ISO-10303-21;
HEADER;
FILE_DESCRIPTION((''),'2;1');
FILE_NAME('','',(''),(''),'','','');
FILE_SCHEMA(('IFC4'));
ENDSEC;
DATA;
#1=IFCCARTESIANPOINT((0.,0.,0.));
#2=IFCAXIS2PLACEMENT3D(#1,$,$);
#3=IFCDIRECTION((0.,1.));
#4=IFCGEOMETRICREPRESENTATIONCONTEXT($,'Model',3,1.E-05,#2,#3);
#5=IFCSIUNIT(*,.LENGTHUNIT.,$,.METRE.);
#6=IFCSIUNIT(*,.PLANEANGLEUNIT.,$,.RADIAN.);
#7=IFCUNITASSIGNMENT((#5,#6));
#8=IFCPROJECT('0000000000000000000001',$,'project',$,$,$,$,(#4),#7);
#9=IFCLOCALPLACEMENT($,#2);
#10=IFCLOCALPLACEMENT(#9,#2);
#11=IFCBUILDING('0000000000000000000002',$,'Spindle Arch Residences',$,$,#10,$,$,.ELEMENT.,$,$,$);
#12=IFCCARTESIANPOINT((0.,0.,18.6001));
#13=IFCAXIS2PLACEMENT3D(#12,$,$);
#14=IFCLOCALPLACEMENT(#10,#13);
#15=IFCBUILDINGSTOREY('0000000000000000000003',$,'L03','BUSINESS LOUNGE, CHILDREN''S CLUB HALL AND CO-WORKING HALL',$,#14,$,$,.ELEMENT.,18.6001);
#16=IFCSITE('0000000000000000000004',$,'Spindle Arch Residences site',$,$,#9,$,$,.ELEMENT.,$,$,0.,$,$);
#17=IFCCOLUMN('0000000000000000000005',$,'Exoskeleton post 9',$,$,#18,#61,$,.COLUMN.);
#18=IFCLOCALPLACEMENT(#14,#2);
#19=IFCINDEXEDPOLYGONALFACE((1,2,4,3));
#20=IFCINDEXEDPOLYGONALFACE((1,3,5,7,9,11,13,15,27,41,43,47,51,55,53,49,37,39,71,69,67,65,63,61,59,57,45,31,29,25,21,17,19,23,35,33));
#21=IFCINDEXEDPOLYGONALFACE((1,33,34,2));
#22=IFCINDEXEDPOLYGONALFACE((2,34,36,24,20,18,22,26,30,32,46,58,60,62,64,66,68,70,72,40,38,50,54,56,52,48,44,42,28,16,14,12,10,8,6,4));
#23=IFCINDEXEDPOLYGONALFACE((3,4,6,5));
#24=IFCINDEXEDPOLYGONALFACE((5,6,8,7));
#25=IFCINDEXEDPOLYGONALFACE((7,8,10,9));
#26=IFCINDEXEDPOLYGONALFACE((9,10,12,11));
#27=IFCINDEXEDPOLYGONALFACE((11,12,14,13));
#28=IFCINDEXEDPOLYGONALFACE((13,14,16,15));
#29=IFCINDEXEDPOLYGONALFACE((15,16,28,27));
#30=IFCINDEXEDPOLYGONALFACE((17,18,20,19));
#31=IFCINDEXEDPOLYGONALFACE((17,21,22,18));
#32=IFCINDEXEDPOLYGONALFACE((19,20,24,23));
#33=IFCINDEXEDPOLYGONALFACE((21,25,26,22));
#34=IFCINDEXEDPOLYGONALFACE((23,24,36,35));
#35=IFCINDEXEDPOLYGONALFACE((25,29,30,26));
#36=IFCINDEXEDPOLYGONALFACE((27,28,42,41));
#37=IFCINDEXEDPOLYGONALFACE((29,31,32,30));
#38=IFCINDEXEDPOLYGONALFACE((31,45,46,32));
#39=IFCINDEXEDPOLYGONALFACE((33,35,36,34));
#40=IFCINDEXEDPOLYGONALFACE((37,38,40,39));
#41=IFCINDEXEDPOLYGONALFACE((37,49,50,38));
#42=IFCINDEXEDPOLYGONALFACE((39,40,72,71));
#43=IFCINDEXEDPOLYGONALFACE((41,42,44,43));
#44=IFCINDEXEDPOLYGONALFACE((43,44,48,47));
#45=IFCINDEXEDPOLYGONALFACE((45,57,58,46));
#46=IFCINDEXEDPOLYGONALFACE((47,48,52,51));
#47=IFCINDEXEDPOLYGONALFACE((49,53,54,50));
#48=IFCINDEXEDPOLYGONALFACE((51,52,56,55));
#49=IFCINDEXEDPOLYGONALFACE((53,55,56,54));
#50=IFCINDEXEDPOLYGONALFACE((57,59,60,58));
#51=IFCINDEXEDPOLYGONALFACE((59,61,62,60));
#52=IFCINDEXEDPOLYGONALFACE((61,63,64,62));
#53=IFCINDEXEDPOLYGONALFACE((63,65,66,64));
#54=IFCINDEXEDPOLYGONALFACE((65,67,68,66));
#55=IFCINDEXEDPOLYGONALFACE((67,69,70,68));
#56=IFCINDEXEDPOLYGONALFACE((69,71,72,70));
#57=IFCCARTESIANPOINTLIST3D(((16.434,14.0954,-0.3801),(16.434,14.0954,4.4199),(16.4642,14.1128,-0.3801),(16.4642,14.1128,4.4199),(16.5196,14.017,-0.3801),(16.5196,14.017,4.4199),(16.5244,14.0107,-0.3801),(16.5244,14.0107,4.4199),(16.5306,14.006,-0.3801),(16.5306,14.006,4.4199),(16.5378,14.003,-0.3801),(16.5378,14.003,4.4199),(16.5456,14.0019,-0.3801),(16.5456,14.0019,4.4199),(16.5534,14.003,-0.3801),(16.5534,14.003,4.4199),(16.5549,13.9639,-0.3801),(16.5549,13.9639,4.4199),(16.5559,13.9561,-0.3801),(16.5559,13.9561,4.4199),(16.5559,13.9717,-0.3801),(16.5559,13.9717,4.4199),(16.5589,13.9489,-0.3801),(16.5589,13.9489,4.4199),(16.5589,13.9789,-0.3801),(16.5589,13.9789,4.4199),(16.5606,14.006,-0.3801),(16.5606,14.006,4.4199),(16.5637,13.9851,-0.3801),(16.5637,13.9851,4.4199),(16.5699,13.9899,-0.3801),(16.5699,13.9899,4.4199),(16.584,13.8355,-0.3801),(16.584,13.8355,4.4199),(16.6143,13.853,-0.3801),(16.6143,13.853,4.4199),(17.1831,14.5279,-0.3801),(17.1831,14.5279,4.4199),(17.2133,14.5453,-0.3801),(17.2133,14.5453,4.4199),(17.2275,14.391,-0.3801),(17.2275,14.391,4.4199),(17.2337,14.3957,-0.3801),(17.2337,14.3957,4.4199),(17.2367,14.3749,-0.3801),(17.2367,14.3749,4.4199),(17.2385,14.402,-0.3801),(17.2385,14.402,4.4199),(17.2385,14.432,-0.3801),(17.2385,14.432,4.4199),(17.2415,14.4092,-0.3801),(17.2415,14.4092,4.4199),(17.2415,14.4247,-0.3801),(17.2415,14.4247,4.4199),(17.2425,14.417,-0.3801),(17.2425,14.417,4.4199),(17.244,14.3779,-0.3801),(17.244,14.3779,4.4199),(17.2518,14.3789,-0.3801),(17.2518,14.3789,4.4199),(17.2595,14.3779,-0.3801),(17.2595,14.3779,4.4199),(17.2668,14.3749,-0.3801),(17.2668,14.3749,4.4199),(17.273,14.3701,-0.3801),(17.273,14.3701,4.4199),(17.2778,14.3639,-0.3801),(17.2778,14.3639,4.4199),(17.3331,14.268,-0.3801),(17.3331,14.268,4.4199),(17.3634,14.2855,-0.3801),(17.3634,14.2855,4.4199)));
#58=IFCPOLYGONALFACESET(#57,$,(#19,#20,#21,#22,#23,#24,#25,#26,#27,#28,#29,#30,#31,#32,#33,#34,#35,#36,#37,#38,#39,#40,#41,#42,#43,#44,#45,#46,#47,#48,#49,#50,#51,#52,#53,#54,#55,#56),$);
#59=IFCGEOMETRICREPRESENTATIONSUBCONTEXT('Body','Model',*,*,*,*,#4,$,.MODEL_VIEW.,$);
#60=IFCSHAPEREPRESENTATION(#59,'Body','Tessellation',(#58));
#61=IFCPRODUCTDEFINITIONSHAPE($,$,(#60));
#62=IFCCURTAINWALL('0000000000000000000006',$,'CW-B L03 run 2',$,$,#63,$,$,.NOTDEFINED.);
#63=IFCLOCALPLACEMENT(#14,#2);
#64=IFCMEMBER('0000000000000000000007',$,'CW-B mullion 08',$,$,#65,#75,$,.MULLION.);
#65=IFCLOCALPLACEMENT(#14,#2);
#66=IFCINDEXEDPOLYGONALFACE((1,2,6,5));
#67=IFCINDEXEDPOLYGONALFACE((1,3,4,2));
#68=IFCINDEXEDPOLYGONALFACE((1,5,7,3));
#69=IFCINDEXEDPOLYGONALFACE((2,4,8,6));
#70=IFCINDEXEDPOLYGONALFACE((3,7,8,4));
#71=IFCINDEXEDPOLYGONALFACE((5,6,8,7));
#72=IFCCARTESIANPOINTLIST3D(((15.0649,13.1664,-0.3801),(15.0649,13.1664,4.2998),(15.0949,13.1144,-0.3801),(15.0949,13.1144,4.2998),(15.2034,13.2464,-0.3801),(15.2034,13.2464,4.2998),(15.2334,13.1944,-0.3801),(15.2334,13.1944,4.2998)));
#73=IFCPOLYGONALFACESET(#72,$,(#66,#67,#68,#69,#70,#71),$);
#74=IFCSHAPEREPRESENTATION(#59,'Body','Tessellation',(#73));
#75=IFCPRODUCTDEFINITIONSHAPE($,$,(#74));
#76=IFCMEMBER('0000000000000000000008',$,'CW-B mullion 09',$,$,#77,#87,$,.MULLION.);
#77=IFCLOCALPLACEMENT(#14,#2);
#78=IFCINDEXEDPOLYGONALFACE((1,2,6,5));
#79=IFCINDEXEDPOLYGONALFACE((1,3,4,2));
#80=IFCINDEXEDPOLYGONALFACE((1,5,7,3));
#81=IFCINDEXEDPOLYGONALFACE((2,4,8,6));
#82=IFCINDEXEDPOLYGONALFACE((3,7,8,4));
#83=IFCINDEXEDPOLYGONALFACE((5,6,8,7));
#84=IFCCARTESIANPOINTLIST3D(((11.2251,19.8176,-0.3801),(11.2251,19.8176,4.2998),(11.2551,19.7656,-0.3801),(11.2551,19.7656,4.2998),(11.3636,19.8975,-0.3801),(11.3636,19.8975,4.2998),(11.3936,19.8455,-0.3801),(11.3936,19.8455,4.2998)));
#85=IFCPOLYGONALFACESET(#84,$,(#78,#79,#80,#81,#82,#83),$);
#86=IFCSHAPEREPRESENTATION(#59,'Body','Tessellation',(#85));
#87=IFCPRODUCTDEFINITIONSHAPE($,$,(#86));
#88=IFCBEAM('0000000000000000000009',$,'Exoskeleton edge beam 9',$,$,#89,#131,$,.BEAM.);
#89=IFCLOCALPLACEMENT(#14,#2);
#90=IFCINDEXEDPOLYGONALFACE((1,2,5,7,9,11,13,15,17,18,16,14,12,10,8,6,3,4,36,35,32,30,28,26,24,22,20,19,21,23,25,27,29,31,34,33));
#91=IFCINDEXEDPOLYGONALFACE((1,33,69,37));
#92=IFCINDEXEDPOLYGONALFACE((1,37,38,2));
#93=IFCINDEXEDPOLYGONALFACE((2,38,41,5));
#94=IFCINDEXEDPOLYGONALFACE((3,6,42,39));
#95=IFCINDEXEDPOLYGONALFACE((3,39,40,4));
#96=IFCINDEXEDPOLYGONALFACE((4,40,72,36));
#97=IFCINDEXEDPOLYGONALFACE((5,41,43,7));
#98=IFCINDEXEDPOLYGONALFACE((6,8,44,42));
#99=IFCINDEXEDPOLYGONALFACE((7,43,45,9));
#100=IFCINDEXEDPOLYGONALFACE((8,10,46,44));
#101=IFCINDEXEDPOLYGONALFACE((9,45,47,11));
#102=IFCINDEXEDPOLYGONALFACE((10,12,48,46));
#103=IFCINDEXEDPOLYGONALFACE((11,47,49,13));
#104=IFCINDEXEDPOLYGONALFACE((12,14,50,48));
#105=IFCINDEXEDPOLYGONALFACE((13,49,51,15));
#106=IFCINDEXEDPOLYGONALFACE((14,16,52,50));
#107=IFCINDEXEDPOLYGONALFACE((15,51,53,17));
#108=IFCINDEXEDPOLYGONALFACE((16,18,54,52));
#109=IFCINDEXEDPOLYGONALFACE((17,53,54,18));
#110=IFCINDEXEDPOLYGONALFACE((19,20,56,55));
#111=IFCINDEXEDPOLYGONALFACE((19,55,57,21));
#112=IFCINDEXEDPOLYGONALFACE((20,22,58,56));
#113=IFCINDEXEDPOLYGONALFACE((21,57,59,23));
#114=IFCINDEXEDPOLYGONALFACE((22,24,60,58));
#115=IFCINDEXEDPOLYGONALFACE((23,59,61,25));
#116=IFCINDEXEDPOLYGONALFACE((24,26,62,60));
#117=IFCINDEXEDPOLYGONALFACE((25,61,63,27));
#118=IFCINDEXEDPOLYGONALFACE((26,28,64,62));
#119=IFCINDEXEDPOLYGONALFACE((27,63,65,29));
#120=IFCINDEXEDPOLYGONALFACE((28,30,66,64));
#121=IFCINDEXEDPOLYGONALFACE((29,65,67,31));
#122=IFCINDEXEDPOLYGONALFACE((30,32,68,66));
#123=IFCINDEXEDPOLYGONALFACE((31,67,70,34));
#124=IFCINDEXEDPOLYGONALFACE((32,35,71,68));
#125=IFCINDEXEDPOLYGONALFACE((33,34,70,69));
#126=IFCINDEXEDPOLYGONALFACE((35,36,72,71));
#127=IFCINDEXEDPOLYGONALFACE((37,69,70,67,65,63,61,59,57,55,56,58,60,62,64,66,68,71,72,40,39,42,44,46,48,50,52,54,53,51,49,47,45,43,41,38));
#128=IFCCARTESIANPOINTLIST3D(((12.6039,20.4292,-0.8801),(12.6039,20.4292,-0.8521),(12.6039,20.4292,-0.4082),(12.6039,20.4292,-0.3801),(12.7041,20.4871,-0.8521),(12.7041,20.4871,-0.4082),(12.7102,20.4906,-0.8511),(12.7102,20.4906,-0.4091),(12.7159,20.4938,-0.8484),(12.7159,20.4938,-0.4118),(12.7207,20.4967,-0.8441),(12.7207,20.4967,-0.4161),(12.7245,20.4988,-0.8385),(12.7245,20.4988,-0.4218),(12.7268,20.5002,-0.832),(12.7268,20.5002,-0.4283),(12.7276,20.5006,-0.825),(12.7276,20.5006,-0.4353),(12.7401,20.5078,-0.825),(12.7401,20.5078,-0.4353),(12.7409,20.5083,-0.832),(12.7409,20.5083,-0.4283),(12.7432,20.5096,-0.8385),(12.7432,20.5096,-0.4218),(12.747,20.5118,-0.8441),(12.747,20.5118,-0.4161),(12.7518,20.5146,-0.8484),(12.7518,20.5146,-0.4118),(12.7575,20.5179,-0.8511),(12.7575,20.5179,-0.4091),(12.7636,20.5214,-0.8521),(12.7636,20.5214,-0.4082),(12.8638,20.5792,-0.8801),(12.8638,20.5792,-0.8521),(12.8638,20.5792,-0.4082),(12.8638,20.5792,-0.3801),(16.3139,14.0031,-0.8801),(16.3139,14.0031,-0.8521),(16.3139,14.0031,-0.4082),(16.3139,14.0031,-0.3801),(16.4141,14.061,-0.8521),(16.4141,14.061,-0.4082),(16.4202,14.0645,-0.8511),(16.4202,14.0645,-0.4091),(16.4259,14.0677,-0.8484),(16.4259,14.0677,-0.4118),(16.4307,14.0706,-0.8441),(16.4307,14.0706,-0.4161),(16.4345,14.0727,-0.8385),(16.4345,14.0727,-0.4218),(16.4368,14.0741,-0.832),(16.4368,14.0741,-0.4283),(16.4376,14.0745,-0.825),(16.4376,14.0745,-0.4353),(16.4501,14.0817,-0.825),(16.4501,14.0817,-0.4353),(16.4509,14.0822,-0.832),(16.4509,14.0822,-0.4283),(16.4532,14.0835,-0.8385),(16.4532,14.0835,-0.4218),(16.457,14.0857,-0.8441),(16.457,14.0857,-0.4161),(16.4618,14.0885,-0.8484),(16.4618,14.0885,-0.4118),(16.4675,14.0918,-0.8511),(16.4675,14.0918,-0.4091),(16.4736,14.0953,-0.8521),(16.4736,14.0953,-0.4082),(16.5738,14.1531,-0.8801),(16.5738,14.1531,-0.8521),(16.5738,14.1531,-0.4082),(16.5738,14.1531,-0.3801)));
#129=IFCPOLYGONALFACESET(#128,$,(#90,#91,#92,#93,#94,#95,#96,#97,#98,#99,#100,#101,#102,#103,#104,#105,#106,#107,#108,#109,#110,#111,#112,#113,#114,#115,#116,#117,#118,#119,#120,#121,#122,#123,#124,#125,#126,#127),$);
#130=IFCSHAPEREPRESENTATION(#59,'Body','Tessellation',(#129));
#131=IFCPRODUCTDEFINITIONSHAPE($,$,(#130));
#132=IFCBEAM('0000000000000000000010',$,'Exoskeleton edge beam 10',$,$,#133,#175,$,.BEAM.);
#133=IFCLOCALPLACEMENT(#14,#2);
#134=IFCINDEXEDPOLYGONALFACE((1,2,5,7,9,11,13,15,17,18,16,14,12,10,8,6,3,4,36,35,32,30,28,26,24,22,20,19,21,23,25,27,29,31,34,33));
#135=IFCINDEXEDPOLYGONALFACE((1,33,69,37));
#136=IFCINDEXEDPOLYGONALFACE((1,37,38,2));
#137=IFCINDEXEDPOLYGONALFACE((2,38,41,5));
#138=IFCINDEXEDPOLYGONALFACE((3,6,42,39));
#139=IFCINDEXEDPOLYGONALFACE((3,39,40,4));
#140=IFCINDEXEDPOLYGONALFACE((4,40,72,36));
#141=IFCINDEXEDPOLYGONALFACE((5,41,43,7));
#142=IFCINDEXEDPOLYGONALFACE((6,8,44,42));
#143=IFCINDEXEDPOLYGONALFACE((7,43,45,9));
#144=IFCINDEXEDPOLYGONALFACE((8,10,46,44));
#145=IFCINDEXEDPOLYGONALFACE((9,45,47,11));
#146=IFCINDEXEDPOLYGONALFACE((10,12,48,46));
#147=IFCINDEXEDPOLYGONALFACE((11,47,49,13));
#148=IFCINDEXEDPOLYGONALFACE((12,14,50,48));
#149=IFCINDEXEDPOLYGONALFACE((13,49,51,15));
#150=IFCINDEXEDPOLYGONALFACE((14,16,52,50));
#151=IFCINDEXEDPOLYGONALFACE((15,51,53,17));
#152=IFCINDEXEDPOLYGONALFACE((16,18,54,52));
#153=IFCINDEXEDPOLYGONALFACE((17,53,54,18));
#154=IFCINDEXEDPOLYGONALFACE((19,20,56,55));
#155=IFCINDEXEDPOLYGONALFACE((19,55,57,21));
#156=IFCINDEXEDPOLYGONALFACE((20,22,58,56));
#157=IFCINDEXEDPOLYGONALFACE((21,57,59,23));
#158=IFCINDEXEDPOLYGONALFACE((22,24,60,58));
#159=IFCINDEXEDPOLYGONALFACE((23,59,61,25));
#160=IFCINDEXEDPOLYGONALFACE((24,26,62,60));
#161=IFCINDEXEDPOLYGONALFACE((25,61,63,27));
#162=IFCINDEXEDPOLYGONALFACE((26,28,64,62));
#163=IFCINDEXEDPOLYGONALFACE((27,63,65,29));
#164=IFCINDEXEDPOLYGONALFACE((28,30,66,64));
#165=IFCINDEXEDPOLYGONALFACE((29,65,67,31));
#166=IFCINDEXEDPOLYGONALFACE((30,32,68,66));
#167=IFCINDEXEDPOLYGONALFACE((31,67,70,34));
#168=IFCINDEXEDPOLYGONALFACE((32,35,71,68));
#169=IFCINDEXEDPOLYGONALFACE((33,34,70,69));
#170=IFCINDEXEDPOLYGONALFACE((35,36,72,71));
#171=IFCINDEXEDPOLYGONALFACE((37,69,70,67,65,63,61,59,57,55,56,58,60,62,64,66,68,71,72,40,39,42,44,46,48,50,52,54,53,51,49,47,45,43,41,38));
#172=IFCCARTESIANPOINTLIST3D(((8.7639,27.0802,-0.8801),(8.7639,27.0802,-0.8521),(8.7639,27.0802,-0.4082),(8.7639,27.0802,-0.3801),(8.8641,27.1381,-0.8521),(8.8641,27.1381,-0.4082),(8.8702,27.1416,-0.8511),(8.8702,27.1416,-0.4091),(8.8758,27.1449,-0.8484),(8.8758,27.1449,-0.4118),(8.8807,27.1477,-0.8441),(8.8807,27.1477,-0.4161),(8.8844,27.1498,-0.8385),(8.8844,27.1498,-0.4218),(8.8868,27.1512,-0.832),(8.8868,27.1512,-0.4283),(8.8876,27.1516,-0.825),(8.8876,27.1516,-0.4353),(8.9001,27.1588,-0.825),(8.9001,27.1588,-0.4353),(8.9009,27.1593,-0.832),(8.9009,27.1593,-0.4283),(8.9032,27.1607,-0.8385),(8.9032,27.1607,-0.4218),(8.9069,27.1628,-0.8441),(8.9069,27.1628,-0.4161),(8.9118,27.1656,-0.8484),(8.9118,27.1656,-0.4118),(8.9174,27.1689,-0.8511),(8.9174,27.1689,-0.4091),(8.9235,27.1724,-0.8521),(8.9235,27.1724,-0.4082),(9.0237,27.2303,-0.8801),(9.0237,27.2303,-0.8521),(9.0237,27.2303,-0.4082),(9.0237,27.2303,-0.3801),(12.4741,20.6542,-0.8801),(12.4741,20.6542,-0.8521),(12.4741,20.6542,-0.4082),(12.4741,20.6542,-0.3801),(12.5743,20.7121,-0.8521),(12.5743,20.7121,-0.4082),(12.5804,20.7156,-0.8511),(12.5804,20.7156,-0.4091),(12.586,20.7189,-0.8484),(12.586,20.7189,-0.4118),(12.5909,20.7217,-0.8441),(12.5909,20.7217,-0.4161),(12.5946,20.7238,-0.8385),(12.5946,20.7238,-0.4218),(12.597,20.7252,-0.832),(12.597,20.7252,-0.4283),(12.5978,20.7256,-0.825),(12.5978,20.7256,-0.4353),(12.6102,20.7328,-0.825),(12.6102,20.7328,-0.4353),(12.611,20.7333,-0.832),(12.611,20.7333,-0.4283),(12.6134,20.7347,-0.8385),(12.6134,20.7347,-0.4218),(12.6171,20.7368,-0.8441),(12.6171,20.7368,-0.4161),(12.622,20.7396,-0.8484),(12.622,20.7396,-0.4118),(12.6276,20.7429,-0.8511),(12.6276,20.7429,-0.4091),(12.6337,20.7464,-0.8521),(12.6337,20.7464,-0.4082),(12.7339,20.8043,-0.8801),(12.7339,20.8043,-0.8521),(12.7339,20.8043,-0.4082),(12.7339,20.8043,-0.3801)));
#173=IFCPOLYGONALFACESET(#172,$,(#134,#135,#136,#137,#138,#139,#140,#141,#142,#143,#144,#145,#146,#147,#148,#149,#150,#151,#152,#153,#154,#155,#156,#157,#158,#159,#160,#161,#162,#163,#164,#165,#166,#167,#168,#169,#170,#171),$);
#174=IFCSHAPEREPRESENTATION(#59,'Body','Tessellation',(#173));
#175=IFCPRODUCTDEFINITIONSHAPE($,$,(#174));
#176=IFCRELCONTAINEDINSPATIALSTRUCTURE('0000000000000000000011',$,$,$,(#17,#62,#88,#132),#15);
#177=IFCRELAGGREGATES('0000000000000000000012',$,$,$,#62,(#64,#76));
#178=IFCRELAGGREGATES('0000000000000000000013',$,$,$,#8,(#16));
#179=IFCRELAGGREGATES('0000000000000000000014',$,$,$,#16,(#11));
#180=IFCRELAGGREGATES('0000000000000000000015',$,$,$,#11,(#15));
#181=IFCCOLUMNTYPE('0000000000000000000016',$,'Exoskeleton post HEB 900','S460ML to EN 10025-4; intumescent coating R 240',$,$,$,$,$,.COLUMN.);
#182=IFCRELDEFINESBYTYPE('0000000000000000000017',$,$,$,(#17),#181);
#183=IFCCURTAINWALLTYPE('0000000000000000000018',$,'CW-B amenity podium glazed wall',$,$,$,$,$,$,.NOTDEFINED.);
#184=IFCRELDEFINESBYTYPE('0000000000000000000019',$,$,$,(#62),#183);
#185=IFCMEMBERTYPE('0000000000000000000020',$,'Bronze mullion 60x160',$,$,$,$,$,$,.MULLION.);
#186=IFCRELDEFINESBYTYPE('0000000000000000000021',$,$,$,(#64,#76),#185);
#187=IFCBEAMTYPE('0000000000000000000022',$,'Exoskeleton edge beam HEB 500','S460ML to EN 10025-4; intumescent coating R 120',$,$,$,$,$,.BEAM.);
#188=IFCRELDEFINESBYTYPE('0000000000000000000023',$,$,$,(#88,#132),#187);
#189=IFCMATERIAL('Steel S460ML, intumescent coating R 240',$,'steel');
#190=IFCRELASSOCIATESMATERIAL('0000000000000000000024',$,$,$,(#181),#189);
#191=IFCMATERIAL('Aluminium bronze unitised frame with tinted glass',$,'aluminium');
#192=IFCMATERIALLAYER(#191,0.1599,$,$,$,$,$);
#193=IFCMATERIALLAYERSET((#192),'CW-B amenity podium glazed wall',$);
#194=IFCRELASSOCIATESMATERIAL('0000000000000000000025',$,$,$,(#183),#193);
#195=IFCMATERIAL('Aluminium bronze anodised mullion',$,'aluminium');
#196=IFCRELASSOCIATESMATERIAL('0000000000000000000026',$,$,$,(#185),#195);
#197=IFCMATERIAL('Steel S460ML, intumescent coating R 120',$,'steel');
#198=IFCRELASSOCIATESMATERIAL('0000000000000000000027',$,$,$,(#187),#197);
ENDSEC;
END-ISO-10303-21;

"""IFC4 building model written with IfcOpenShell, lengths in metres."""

from ifc_helpers import new_model, si_unit, direction, frame, origin, origin_2d, place, context, subcontext, project, spatial, rectangle, i_section, extrude, material, layer, layer_set, material_profile, profile_set, type_object, element, aggregate, save


model = new_model("IFC4")

# Units and contexts
model_context = context("Model", 3, precision=1e-05, world=origin(), true_north=direction((0.0, 1.0)))
body_context = subcontext(model_context, "Body", "Model", "MODEL_VIEW")
ifc_project = project(units=[si_unit("LENGTHUNIT", "METRE"), si_unit("PLANEANGLEUNIT", "RADIAN")], contexts=[model_context])

# Site, building, storey
site_placement = place(None, origin())
site = spatial("IfcSite", under=ifc_project, at=site_placement, Name="Spindle Arch Residences site", CompositionType="ELEMENT", RefElevation=0.0)
building_placement = place(site_placement, origin())
building = spatial("IfcBuilding", under=site, at=building_placement, Name="Spindle Arch Residences", CompositionType="ELEMENT")
storey_placement = place(building_placement, frame((0.0, 0.0, 18.6001)))
storey = spatial("IfcBuildingStorey", under=building, at=storey_placement, Name="L03", Description="BUSINESS LOUNGE, CHILDREN'S CLUB HALL AND CO-WORKING HALL", CompositionType="ELEMENT", Elevation=18.6001)

# Column
ifc_material_1 = material(Name="Steel S460ML, intumescent coating R 240", Category="steel")
ifc_material_profile_1 = material_profile(ifc_material_1, i_section(OverallWidth=0.3, OverallDepth=0.8999, WebThickness=0.0186, FlangeThickness=0.0349, FilletRadius=0.03, at=origin_2d()), Name="HEB 900")
ifc_profile_set_1 = profile_set([ifc_material_profile_1], Name="Steel S460ML, intumescent coating R 240")
column_type = type_object("IfcColumnType", Name="Exoskeleton post HEB 900", Description="S460ML to EN 10025-4; intumescent coating R 240", PredefinedType="COLUMN", material=ifc_profile_set_1)
column_placement = place(storey_placement, frame((16.8987, 14.1904, -0.3801), z_axis=(0.0, 0.0, 1.0), x_axis=(0.5, -0.866025, 0.0)))
element("IfcColumn", 1, at=column_placement, inside=storey, type_object=column_type, Name="Exoskeleton post 9", PredefinedType="COLUMN", context=body_context, shape_type="SweptSolid", body=[
    extrude(i_section(OverallWidth=0.3, OverallDepth=0.8999, WebThickness=0.0186, FlangeThickness=0.0349, FilletRadius=0.03, at=origin_2d()), origin(), (0.0, 0.0, 1.0), 4.8),
])

# Curtain wall, members
ifc_material_2 = material(Name="Aluminium bronze unitised frame with tinted glass", Category="aluminium")
ifc_layer_1 = layer(ifc_material_2, 0.1599)
ifc_layer_set_1 = layer_set([ifc_layer_1], Name="CW-B amenity podium glazed wall")
curtain_wall_type = type_object("IfcCurtainWallType", Name="CW-B amenity podium glazed wall", PredefinedType="NOTDEFINED", material=ifc_layer_set_1)
curtain_wall_placement = place(storey_placement, origin())
curtain_wall = element("IfcCurtainWall", 2, at=curtain_wall_placement, inside=storey, type_object=curtain_wall_type, Name="CW-B L03 run 2", PredefinedType="NOTDEFINED")
ifc_material_3 = material(Name="Aluminium bronze anodised mullion", Category="aluminium")
ifc_material_profile_2 = material_profile(ifc_material_3, rectangle(XDim=0.1599, YDim=0.0601, at=origin_2d()), Name="MU 60x160")
ifc_profile_set_2 = profile_set([ifc_material_profile_2], Name="Aluminium bronze anodised mullion")
member_type = type_object("IfcMemberType", Name="Bronze mullion 60x160", PredefinedType="MULLION", material=ifc_profile_set_2)
member_1_placement = place(storey_placement, frame((15.1492, 13.1804, -0.3801), z_axis=(0.0, 0.0, 1.0), x_axis=(-0.866025, -0.5, 0.0)))
member_1 = element("IfcMember", 3, at=member_1_placement, type_object=member_type, Name="CW-B mullion 08", PredefinedType="MULLION", context=body_context, shape_type="SweptSolid", body=[
    extrude(rectangle(XDim=0.1599, YDim=0.0601, at=origin_2d()), origin(), (0.0, 0.0, 1.0), 4.6799),
])
member_2_placement = place(storey_placement, frame((11.3093, 19.8315, -0.3801), z_axis=(0.0, 0.0, 1.0), x_axis=(-0.866025, -0.5, 0.0)))
member_2 = element("IfcMember", 4, at=member_2_placement, type_object=member_type, Name="CW-B mullion 09", PredefinedType="MULLION", context=body_context, shape_type="SweptSolid", body=[
    extrude(rectangle(XDim=0.1599, YDim=0.0601, at=origin_2d()), origin(), (0.0, 0.0, 1.0), 4.6799),
])

# Beams
ifc_material_4 = material(Name="Steel S460ML, intumescent coating R 120", Category="steel")
ifc_material_profile_3 = material_profile(ifc_material_4, i_section(OverallWidth=0.3, OverallDepth=0.5, WebThickness=0.0144, FlangeThickness=0.0281, FilletRadius=0.0271, at=origin_2d()), Name="HEB 500")
ifc_profile_set_3 = profile_set([ifc_material_profile_3], Name="Steel S460ML, intumescent coating R 120")
beam_type_1 = type_object("IfcBeamType", Name="Exoskeleton edge beam HEB 500", Description="S460ML to EN 10025-4; intumescent coating R 120", PredefinedType="BEAM", material=ifc_profile_set_3)
for number, where, z_axis, x_axis, name in (
    (5, (16.4438, 14.0781, -0.6301), (-0.499989, 0.866032, 0.0), (-0.866032, -0.499989, 0.0), "Exoskeleton edge beam 9"),
    (6, (12.604, 20.7292, -0.6301), (-0.500014, 0.866017, 0.0), (-0.866017, -0.500014, 0.0), "Exoskeleton edge beam 10"),
):
    element("IfcBeam", number, at=place(storey_placement, frame(where, z_axis=z_axis, x_axis=x_axis)), inside=storey, type_object=beam_type_1, Name=name, PredefinedType="BEAM", context=body_context, shape_type="SweptSolid", body=[
        extrude(i_section(OverallWidth=0.3, OverallDepth=0.5, WebThickness=0.0144, FlangeThickness=0.0281, FilletRadius=0.0271, at=origin_2d()), origin(), (0.0, 0.0, 1.0), 7.4202),
    ])

aggregate(curtain_wall, [member_1, member_2])

save(model, "model.ifc")
